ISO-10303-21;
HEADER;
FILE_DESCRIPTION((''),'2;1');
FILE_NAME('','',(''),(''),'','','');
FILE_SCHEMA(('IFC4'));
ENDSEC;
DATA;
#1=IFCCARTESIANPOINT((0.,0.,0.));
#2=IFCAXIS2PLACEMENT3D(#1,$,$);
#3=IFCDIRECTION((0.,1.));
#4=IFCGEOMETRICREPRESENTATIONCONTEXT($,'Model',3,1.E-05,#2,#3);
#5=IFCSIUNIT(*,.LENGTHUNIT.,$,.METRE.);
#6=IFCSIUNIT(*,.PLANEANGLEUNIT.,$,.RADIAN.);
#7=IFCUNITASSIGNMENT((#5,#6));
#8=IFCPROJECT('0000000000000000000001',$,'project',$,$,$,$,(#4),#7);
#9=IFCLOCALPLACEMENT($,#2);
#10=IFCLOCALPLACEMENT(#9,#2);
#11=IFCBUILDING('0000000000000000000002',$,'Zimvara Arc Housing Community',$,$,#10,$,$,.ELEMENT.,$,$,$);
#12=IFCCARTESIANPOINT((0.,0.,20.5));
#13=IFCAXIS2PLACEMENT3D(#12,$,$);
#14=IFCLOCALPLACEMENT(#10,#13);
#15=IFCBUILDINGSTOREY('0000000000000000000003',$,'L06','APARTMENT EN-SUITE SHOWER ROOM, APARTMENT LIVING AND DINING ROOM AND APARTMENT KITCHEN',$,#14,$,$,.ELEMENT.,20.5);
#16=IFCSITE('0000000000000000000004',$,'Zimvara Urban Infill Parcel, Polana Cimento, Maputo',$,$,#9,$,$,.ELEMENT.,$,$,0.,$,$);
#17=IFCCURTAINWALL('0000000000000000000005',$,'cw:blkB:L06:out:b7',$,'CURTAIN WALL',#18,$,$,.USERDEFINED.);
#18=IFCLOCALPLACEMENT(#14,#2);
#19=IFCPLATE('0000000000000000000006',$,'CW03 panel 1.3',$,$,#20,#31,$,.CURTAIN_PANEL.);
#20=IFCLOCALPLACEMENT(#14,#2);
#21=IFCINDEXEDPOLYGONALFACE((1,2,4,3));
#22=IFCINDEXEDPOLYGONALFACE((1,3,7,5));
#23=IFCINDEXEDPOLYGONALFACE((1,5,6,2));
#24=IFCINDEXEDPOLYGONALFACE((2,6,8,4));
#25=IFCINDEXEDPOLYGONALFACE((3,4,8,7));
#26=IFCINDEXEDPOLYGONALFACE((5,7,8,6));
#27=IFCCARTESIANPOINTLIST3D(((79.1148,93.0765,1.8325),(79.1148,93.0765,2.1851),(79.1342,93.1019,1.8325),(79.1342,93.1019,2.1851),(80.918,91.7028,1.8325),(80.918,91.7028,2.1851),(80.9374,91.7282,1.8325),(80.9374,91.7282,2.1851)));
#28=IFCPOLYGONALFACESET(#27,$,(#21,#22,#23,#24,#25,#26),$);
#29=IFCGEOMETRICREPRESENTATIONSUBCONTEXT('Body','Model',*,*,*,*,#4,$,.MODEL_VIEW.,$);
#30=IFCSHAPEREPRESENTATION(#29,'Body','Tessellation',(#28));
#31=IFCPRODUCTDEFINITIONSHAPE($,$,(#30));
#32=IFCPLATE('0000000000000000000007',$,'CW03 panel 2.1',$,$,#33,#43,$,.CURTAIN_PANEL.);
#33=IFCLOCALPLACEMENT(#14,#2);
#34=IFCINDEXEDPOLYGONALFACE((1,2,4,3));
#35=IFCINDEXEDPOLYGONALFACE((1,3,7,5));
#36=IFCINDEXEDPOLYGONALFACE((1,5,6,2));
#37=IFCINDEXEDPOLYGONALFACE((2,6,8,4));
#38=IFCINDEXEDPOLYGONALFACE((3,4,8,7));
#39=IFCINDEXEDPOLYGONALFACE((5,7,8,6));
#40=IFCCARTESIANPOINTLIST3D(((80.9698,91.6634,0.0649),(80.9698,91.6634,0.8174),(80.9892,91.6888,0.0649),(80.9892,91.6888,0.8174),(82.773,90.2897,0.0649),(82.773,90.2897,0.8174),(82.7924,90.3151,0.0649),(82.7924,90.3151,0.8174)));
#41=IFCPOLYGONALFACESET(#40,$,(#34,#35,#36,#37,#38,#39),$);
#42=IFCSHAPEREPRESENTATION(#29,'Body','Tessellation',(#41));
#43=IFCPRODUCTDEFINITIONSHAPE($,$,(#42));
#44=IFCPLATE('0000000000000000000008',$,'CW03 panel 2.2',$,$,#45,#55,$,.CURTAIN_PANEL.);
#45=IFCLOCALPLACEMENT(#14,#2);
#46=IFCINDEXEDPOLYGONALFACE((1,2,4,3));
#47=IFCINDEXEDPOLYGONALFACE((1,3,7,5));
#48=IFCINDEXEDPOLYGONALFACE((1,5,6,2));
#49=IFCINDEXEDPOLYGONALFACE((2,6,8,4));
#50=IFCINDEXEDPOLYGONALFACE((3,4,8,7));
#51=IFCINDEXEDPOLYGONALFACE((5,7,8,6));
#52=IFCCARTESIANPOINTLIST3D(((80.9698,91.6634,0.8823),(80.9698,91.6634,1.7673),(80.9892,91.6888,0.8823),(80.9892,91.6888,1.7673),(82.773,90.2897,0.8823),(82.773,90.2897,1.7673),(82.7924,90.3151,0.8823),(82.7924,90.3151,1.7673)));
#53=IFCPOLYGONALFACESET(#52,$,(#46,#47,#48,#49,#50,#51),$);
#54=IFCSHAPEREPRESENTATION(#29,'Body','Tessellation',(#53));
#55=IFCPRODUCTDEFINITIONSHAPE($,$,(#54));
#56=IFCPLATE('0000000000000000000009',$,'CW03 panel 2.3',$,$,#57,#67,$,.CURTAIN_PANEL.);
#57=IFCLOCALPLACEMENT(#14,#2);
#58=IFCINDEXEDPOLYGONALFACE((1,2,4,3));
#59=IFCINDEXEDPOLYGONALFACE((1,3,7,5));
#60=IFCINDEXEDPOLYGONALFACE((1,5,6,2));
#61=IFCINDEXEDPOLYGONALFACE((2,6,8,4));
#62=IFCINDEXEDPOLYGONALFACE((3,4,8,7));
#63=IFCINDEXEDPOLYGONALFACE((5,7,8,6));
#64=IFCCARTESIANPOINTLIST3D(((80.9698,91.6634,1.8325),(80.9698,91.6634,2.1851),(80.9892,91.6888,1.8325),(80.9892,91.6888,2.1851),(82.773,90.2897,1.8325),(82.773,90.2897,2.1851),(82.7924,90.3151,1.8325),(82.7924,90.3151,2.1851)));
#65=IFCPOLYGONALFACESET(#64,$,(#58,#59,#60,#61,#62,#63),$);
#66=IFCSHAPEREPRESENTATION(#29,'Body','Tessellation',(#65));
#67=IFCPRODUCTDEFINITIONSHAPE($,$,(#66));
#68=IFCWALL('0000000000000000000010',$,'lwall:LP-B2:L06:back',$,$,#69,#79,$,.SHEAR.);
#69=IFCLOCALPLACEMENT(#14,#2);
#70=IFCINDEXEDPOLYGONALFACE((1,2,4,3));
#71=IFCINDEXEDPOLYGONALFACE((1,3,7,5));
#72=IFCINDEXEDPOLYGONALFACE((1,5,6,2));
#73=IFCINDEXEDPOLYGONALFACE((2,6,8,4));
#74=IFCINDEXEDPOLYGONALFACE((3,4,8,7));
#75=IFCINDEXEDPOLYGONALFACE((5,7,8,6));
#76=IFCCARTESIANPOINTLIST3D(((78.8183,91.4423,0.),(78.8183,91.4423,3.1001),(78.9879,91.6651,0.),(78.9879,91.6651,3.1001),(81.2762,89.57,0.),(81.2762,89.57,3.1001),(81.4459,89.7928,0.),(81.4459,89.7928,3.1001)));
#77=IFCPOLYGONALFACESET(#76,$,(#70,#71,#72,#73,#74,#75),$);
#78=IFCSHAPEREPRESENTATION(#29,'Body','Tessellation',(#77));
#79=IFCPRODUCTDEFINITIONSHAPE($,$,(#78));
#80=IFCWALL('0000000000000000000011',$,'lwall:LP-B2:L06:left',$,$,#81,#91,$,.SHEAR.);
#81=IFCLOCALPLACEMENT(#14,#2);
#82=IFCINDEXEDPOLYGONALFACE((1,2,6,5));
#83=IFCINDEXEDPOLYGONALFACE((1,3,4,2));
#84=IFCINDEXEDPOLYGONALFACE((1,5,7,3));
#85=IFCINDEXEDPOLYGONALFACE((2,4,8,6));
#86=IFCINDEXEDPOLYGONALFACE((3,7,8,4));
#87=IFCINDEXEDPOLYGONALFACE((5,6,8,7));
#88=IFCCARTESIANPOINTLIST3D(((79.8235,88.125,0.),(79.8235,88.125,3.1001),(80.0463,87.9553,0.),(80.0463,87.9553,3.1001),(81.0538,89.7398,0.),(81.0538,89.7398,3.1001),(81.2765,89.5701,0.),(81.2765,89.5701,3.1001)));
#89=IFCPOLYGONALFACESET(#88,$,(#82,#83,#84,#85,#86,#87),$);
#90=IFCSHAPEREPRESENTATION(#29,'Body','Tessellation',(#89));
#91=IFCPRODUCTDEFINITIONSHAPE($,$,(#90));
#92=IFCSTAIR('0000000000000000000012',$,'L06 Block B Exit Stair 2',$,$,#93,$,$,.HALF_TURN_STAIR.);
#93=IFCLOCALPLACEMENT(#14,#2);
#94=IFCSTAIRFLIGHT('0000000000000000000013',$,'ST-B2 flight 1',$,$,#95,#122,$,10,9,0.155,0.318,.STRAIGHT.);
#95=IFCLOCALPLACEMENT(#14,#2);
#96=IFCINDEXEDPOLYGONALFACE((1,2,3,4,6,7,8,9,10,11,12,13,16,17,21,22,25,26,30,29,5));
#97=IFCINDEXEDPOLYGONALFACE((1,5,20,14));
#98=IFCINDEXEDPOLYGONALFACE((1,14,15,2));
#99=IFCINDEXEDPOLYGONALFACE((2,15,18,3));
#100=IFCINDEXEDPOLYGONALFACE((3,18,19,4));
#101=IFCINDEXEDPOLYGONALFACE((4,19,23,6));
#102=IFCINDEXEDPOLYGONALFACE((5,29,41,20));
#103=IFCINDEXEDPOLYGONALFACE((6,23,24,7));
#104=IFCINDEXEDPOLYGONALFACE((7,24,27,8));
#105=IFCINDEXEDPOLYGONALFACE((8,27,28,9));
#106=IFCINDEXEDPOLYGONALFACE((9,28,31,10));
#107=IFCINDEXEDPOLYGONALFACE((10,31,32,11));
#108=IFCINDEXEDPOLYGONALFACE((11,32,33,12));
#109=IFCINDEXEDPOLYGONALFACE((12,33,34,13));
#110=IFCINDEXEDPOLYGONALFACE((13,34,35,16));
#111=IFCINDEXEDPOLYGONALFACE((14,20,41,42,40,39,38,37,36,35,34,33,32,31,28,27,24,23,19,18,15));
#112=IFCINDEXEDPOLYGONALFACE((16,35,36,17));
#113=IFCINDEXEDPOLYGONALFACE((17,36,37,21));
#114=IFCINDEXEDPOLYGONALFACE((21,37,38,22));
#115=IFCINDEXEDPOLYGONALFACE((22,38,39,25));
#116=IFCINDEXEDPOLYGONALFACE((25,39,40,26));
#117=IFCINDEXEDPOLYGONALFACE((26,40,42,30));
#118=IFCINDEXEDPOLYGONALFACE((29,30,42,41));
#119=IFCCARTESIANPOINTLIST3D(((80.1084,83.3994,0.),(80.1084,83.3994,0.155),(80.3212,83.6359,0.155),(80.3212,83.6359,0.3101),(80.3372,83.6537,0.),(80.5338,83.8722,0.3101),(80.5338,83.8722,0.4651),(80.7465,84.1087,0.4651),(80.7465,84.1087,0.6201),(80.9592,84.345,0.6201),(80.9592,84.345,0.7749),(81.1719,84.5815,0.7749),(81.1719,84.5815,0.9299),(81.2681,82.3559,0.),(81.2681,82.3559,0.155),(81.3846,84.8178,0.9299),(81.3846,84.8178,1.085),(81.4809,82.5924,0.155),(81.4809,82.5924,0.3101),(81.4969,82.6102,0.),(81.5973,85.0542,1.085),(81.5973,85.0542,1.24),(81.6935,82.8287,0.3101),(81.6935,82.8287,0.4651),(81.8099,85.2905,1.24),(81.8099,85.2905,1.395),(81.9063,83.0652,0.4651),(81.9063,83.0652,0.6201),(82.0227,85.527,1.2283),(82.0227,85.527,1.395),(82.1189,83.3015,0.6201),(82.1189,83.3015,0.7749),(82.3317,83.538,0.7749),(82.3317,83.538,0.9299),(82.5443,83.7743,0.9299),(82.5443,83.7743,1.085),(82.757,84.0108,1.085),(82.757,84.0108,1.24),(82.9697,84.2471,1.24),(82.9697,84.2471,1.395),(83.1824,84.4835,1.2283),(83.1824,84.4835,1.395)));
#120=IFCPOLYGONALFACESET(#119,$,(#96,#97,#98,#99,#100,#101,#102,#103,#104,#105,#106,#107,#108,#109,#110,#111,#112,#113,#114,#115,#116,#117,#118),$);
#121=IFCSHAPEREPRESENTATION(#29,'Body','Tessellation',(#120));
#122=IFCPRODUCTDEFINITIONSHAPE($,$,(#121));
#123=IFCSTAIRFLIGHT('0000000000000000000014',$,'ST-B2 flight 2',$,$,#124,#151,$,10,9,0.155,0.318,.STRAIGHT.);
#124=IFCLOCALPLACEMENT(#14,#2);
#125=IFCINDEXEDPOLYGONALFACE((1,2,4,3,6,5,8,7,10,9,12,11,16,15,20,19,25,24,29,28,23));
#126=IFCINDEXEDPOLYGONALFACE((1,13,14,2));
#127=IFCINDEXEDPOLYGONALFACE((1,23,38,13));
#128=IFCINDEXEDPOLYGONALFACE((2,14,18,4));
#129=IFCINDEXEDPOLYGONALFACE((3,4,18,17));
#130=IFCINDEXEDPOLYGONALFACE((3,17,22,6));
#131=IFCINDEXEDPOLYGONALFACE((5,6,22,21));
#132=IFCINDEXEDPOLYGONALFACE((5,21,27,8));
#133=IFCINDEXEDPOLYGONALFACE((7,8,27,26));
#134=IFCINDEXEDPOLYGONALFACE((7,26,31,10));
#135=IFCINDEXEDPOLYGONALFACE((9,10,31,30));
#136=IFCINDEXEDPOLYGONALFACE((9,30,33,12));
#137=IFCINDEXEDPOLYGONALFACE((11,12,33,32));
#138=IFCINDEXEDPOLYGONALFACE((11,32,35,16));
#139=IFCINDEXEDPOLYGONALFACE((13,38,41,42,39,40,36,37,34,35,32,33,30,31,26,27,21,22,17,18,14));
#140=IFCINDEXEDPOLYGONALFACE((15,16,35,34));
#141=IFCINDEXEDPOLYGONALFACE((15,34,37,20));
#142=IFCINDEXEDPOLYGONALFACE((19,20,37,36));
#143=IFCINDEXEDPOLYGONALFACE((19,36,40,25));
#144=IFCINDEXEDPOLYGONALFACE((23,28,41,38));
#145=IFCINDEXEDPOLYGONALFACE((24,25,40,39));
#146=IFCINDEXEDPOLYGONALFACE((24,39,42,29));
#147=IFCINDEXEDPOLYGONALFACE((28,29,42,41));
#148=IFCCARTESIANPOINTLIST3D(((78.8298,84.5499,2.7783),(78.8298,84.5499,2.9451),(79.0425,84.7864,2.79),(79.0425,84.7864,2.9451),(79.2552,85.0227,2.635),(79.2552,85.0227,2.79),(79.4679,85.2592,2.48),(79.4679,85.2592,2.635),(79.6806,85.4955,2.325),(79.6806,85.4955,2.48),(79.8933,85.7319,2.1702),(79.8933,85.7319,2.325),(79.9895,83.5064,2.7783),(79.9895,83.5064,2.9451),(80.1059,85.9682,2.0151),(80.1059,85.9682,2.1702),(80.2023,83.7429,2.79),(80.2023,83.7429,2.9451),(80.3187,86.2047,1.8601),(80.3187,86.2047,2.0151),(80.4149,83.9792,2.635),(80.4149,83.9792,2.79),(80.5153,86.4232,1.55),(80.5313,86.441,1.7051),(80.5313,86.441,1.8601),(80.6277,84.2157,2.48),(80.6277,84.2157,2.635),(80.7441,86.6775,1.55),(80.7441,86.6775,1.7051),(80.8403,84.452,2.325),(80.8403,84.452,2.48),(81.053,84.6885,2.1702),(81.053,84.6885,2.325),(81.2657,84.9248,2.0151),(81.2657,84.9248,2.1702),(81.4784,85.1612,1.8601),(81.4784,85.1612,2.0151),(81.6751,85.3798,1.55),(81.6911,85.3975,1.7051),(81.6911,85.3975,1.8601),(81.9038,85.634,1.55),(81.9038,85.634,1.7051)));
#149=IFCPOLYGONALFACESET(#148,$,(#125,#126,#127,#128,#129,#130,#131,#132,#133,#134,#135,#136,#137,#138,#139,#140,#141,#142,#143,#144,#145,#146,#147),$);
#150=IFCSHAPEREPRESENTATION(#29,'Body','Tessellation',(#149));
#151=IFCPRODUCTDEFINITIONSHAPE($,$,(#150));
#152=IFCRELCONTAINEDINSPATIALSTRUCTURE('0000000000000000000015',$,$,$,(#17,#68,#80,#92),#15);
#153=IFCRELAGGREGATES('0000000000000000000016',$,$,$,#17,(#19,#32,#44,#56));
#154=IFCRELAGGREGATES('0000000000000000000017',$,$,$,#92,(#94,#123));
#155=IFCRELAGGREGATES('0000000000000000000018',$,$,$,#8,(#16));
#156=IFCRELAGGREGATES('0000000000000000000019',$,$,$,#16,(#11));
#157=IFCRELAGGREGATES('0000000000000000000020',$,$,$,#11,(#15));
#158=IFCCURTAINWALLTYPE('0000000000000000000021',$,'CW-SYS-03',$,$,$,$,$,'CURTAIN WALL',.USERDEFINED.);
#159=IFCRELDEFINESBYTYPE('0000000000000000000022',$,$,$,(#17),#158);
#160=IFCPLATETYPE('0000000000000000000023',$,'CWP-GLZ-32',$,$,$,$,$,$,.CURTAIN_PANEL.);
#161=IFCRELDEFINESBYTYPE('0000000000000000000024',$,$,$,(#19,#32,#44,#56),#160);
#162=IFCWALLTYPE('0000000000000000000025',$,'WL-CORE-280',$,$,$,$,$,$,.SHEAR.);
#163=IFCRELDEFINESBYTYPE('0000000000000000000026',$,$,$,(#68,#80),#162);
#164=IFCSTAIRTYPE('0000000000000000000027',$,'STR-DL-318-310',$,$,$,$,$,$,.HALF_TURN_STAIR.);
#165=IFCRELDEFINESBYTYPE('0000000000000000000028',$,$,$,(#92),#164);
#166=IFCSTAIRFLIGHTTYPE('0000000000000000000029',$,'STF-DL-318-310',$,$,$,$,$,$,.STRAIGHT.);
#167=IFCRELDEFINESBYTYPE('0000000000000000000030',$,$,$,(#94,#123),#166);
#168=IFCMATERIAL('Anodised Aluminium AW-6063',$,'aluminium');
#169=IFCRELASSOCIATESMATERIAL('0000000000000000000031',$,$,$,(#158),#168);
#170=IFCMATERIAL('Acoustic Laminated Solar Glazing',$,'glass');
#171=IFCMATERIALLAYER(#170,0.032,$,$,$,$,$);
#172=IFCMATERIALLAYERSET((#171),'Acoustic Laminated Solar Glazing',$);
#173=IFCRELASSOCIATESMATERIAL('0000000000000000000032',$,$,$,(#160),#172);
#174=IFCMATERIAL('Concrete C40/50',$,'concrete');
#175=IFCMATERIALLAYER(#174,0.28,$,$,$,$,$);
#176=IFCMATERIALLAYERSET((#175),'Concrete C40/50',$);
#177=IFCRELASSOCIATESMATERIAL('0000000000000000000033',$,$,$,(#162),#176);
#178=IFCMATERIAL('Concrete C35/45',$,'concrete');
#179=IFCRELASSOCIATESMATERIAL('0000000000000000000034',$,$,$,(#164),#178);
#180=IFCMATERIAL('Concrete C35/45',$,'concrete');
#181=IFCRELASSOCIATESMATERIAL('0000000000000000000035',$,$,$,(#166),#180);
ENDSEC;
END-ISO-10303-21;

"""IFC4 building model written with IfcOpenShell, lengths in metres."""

from ifc_helpers import new_model, si_unit, direction, frame, frame_2d, origin, origin_2d, place, context, subcontext, project, spatial, polyline, rectangle, outline, extrude, material, layer, layer_set, type_object, element, aggregate, save


model = new_model("IFC4")

# Units and contexts
model_context = context("Model", 3, precision=1e-05, world=origin(), true_north=direction((0.0, 1.0)))
body_context = subcontext(model_context, "Body", "Model", "MODEL_VIEW")
ifc_project = project(units=[si_unit("LENGTHUNIT", "METRE"), si_unit("PLANEANGLEUNIT", "RADIAN")], contexts=[model_context])

# Site, building, storey
site_placement = place(None, origin())
site = spatial("IfcSite", under=ifc_project, at=site_placement, Name="Zimvara Urban Infill Parcel, Polana Cimento, Maputo", CompositionType="ELEMENT", RefElevation=0.0)
building_placement = place(site_placement, origin())
building = spatial("IfcBuilding", under=site, at=building_placement, Name="Zimvara Arc Housing Community", CompositionType="ELEMENT")
storey_placement = place(building_placement, frame((0.0, 0.0, 20.5)))
storey = spatial("IfcBuildingStorey", under=building, at=storey_placement, Name="L06", Description="APARTMENT EN-SUITE SHOWER ROOM, APARTMENT LIVING AND DINING ROOM AND APARTMENT KITCHEN", CompositionType="ELEMENT", Elevation=20.5)

# Curtain wall, plates
ifc_material_1 = material(Name="Anodised Aluminium AW-6063", Category="aluminium")
curtain_wall_type = type_object("IfcCurtainWallType", Name="CW-SYS-03", ElementType="CURTAIN WALL", PredefinedType="USERDEFINED", material=ifc_material_1)
curtain_wall_placement = place(storey_placement, origin())
curtain_wall = element("IfcCurtainWall", 1, at=curtain_wall_placement, inside=storey, type_object=curtain_wall_type, Name="cw:blkB:L06:out:b7", ObjectType="CURTAIN WALL", PredefinedType="USERDEFINED")
ifc_material_2 = material(Name="Acoustic Laminated Solar Glazing", Category="glass")
ifc_layer_1 = layer(ifc_material_2, 0.032)
ifc_layer_set_1 = layer_set([ifc_layer_1], Name="Acoustic Laminated Solar Glazing")
plate_type = type_object("IfcPlateType", Name="CWP-GLZ-32", PredefinedType="CURTAIN_PANEL", material=ifc_layer_set_1)
plate_1_placement = place(storey_placement, frame((80.0261, 92.4023, 1.8325), z_axis=(0.0, 0.0, 1.0), x_axis=(0.795474, -0.605988, 0.0)))
plate_1 = element("IfcPlate", 2, at=plate_1_placement, type_object=plate_type, Name="CW03 panel 1.3", PredefinedType="CURTAIN_PANEL", context=body_context, shape_type="SweptSolid", body=[
    extrude(rectangle(XDim=2.2668, YDim=0.032, at=origin_2d()), origin(), (0.0, 0.0, 1.0), 0.3525),
])
plate_2_placement = place(storey_placement, frame((81.8811, 90.9893, 0.0649), z_axis=(0.0, 0.0, 1.0), x_axis=(0.795474, -0.605988, 0.0)))
plate_2 = element("IfcPlate", 3, at=plate_2_placement, type_object=plate_type, Name="CW03 panel 2.1", PredefinedType="CURTAIN_PANEL", context=body_context, shape_type="SweptSolid", body=[
    extrude(rectangle(XDim=2.2668, YDim=0.032, at=origin_2d()), origin(), (0.0, 0.0, 1.0), 0.7524),
])
plate_3_placement = place(storey_placement, frame((81.8811, 90.9893, 0.8823), z_axis=(0.0, 0.0, 1.0), x_axis=(0.795474, -0.605988, 0.0)))
plate_3 = element("IfcPlate", 4, at=plate_3_placement, type_object=plate_type, Name="CW03 panel 2.2", PredefinedType="CURTAIN_PANEL", context=body_context, shape_type="SweptSolid", body=[
    extrude(rectangle(XDim=2.2668, YDim=0.032, at=origin_2d()), origin(), (0.0, 0.0, 1.0), 0.885),
])
plate_4_placement = place(storey_placement, frame((81.8811, 90.9893, 1.8325), z_axis=(0.0, 0.0, 1.0), x_axis=(0.795474, -0.605988, 0.0)))
plate_4 = element("IfcPlate", 5, at=plate_4_placement, type_object=plate_type, Name="CW03 panel 2.3", PredefinedType="CURTAIN_PANEL", context=body_context, shape_type="SweptSolid", body=[
    extrude(rectangle(XDim=2.2668, YDim=0.032, at=origin_2d()), origin(), (0.0, 0.0, 1.0), 0.3525),
])
aggregate(curtain_wall, [plate_1, plate_2, plate_3, plate_4])

# Shared definitions
ifc_material_3 = material(Name="Concrete C40/50", Category="concrete")
ifc_layer_2 = layer(ifc_material_3, 0.28)
ifc_layer_set_2 = layer_set([ifc_layer_2], Name="Concrete C40/50")
wall_type = type_object("IfcWallType", Name="WL-CORE-280", PredefinedType="SHEAR", material=ifc_layer_set_2)

# Walls
wall_1_placement = place(storey_placement, frame((81.3611, 89.6814, 0.0), z_axis=(0.0, 0.0, 1.0), x_axis=(-0.795502, 0.60595, 0.0)))
element("IfcWall", 6, at=wall_1_placement, inside=storey, type_object=wall_type, Name="lwall:LP-B2:L06:back", PredefinedType="SHEAR", context=body_context, shape_type="SweptSolid", body=[
    extrude(rectangle(XDim=3.0898, YDim=0.28, at=frame_2d((1.5449, 0.0))), origin(), (0.0, 0.0, 1.0), 3.1001),
])
wall_2_placement = place(storey_placement, frame((79.9348, 88.04, 0.0), z_axis=(0.0, 0.0, 1.0), x_axis=(0.606025, 0.795446, 0.0)))
element("IfcWall", 7, at=wall_2_placement, inside=storey, type_object=wall_type, Name="lwall:LP-B2:L06:left", PredefinedType="SHEAR", context=body_context, shape_type="SweptSolid", body=[
    extrude(rectangle(XDim=2.03, YDim=0.28, at=frame_2d((1.0151, 0.0))), origin(), (0.0, 0.0, 1.0), 3.1001),
])

# Stair, stair flights
ifc_material_4 = material(Name="Concrete C35/45", Category="concrete")
stair_type = type_object("IfcStairType", Name="STR-DL-318-310", PredefinedType="HALF_TURN_STAIR", material=ifc_material_4)
stair_placement = place(storey_placement, origin())
stair = element("IfcStair", 8, at=stair_placement, inside=storey, type_object=stair_type, Name="L06 Block B Exit Stair 2", PredefinedType="HALF_TURN_STAIR")
ifc_material_5 = material(Name="Concrete C35/45", Category="concrete")
stair_flight_type = type_object("IfcStairFlightType", Name="STF-DL-318-310", PredefinedType="STRAIGHT", material=ifc_material_5)
stair_flight_1_placement = place(storey_placement, frame((80.6882, 82.8777, 0.0), z_axis=(0.0, 0.0, 1.0), x_axis=(0.668871, 0.743378, 0.0)))
stair_flight_1 = element("IfcStairFlight", 9, at=stair_flight_1_placement, type_object=stair_flight_type, Name="ST-B2 flight 1", NumberOfRisers=10, NumberOfTreads=9, PredefinedType="STRAIGHT", RiserHeight=0.155, TreadLength=0.318, context=body_context, shape_type="SweptSolid", body=[
    extrude(outline(polyline([(0.0, 0.0), (0.0, 0.155), (0.3181, 0.155), (0.3181, 0.3101), (0.636, 0.3101), (0.636, 0.4651), (0.9541, 0.4651), (0.9541, 0.6201), (1.272, 0.6201), (1.272, 0.7749), (1.5901, 0.7749), (1.5901, 0.9299), (1.908, 0.9299), (1.908, 1.085), (2.2261, 1.085), (2.2261, 1.24), (2.5439, 1.24), (2.5439, 1.395), (2.8621, 1.395), (2.8621, 1.55), (2.8621, 1.2283), (0.342, 0.0), (0.0, 0.0)])), frame((0.0, 0.78, 0.0), z_axis=(0.0, -1.0, 0.0), x_axis=(1.0, 0.0, 0.0)), (0.0, 0.0, 1.0), 1.5601),
])
stair_flight_2_placement = place(storey_placement, frame((81.324, 86.1558, 1.55), z_axis=(0.0, 0.0, 1.0), x_axis=(-0.668871, -0.743378, 0.0)))
stair_flight_2 = element("IfcStairFlight", 10, at=stair_flight_2_placement, type_object=stair_flight_type, Name="ST-B2 flight 2", NumberOfRisers=10, NumberOfTreads=9, PredefinedType="STRAIGHT", RiserHeight=0.155, TreadLength=0.318, context=body_context, shape_type="SweptSolid", body=[
    extrude(outline(polyline([(0.0, 0.0), (0.0, 0.155), (0.3181, 0.155), (0.3181, 0.3101), (0.636, 0.3101), (0.636, 0.4651), (0.9541, 0.4651), (0.9541, 0.6201), (1.272, 0.6201), (1.272, 0.7749), (1.5901, 0.7749), (1.5901, 0.9299), (1.908, 0.9299), (1.908, 1.085), (2.2261, 1.085), (2.2261, 1.24), (2.5439, 1.24), (2.5439, 1.395), (2.8621, 1.395), (2.8621, 1.55), (2.8621, 1.2283), (0.342, 0.0), (0.0, 0.0)])), frame((0.0, 0.78, 0.0), z_axis=(0.0, -1.0, 0.0), x_axis=(1.0, 0.0, 0.0)), (0.0, 0.0, 1.0), 1.5601),
])
aggregate(stair, [stair_flight_1, stair_flight_2])

save(model, "model.ifc")
